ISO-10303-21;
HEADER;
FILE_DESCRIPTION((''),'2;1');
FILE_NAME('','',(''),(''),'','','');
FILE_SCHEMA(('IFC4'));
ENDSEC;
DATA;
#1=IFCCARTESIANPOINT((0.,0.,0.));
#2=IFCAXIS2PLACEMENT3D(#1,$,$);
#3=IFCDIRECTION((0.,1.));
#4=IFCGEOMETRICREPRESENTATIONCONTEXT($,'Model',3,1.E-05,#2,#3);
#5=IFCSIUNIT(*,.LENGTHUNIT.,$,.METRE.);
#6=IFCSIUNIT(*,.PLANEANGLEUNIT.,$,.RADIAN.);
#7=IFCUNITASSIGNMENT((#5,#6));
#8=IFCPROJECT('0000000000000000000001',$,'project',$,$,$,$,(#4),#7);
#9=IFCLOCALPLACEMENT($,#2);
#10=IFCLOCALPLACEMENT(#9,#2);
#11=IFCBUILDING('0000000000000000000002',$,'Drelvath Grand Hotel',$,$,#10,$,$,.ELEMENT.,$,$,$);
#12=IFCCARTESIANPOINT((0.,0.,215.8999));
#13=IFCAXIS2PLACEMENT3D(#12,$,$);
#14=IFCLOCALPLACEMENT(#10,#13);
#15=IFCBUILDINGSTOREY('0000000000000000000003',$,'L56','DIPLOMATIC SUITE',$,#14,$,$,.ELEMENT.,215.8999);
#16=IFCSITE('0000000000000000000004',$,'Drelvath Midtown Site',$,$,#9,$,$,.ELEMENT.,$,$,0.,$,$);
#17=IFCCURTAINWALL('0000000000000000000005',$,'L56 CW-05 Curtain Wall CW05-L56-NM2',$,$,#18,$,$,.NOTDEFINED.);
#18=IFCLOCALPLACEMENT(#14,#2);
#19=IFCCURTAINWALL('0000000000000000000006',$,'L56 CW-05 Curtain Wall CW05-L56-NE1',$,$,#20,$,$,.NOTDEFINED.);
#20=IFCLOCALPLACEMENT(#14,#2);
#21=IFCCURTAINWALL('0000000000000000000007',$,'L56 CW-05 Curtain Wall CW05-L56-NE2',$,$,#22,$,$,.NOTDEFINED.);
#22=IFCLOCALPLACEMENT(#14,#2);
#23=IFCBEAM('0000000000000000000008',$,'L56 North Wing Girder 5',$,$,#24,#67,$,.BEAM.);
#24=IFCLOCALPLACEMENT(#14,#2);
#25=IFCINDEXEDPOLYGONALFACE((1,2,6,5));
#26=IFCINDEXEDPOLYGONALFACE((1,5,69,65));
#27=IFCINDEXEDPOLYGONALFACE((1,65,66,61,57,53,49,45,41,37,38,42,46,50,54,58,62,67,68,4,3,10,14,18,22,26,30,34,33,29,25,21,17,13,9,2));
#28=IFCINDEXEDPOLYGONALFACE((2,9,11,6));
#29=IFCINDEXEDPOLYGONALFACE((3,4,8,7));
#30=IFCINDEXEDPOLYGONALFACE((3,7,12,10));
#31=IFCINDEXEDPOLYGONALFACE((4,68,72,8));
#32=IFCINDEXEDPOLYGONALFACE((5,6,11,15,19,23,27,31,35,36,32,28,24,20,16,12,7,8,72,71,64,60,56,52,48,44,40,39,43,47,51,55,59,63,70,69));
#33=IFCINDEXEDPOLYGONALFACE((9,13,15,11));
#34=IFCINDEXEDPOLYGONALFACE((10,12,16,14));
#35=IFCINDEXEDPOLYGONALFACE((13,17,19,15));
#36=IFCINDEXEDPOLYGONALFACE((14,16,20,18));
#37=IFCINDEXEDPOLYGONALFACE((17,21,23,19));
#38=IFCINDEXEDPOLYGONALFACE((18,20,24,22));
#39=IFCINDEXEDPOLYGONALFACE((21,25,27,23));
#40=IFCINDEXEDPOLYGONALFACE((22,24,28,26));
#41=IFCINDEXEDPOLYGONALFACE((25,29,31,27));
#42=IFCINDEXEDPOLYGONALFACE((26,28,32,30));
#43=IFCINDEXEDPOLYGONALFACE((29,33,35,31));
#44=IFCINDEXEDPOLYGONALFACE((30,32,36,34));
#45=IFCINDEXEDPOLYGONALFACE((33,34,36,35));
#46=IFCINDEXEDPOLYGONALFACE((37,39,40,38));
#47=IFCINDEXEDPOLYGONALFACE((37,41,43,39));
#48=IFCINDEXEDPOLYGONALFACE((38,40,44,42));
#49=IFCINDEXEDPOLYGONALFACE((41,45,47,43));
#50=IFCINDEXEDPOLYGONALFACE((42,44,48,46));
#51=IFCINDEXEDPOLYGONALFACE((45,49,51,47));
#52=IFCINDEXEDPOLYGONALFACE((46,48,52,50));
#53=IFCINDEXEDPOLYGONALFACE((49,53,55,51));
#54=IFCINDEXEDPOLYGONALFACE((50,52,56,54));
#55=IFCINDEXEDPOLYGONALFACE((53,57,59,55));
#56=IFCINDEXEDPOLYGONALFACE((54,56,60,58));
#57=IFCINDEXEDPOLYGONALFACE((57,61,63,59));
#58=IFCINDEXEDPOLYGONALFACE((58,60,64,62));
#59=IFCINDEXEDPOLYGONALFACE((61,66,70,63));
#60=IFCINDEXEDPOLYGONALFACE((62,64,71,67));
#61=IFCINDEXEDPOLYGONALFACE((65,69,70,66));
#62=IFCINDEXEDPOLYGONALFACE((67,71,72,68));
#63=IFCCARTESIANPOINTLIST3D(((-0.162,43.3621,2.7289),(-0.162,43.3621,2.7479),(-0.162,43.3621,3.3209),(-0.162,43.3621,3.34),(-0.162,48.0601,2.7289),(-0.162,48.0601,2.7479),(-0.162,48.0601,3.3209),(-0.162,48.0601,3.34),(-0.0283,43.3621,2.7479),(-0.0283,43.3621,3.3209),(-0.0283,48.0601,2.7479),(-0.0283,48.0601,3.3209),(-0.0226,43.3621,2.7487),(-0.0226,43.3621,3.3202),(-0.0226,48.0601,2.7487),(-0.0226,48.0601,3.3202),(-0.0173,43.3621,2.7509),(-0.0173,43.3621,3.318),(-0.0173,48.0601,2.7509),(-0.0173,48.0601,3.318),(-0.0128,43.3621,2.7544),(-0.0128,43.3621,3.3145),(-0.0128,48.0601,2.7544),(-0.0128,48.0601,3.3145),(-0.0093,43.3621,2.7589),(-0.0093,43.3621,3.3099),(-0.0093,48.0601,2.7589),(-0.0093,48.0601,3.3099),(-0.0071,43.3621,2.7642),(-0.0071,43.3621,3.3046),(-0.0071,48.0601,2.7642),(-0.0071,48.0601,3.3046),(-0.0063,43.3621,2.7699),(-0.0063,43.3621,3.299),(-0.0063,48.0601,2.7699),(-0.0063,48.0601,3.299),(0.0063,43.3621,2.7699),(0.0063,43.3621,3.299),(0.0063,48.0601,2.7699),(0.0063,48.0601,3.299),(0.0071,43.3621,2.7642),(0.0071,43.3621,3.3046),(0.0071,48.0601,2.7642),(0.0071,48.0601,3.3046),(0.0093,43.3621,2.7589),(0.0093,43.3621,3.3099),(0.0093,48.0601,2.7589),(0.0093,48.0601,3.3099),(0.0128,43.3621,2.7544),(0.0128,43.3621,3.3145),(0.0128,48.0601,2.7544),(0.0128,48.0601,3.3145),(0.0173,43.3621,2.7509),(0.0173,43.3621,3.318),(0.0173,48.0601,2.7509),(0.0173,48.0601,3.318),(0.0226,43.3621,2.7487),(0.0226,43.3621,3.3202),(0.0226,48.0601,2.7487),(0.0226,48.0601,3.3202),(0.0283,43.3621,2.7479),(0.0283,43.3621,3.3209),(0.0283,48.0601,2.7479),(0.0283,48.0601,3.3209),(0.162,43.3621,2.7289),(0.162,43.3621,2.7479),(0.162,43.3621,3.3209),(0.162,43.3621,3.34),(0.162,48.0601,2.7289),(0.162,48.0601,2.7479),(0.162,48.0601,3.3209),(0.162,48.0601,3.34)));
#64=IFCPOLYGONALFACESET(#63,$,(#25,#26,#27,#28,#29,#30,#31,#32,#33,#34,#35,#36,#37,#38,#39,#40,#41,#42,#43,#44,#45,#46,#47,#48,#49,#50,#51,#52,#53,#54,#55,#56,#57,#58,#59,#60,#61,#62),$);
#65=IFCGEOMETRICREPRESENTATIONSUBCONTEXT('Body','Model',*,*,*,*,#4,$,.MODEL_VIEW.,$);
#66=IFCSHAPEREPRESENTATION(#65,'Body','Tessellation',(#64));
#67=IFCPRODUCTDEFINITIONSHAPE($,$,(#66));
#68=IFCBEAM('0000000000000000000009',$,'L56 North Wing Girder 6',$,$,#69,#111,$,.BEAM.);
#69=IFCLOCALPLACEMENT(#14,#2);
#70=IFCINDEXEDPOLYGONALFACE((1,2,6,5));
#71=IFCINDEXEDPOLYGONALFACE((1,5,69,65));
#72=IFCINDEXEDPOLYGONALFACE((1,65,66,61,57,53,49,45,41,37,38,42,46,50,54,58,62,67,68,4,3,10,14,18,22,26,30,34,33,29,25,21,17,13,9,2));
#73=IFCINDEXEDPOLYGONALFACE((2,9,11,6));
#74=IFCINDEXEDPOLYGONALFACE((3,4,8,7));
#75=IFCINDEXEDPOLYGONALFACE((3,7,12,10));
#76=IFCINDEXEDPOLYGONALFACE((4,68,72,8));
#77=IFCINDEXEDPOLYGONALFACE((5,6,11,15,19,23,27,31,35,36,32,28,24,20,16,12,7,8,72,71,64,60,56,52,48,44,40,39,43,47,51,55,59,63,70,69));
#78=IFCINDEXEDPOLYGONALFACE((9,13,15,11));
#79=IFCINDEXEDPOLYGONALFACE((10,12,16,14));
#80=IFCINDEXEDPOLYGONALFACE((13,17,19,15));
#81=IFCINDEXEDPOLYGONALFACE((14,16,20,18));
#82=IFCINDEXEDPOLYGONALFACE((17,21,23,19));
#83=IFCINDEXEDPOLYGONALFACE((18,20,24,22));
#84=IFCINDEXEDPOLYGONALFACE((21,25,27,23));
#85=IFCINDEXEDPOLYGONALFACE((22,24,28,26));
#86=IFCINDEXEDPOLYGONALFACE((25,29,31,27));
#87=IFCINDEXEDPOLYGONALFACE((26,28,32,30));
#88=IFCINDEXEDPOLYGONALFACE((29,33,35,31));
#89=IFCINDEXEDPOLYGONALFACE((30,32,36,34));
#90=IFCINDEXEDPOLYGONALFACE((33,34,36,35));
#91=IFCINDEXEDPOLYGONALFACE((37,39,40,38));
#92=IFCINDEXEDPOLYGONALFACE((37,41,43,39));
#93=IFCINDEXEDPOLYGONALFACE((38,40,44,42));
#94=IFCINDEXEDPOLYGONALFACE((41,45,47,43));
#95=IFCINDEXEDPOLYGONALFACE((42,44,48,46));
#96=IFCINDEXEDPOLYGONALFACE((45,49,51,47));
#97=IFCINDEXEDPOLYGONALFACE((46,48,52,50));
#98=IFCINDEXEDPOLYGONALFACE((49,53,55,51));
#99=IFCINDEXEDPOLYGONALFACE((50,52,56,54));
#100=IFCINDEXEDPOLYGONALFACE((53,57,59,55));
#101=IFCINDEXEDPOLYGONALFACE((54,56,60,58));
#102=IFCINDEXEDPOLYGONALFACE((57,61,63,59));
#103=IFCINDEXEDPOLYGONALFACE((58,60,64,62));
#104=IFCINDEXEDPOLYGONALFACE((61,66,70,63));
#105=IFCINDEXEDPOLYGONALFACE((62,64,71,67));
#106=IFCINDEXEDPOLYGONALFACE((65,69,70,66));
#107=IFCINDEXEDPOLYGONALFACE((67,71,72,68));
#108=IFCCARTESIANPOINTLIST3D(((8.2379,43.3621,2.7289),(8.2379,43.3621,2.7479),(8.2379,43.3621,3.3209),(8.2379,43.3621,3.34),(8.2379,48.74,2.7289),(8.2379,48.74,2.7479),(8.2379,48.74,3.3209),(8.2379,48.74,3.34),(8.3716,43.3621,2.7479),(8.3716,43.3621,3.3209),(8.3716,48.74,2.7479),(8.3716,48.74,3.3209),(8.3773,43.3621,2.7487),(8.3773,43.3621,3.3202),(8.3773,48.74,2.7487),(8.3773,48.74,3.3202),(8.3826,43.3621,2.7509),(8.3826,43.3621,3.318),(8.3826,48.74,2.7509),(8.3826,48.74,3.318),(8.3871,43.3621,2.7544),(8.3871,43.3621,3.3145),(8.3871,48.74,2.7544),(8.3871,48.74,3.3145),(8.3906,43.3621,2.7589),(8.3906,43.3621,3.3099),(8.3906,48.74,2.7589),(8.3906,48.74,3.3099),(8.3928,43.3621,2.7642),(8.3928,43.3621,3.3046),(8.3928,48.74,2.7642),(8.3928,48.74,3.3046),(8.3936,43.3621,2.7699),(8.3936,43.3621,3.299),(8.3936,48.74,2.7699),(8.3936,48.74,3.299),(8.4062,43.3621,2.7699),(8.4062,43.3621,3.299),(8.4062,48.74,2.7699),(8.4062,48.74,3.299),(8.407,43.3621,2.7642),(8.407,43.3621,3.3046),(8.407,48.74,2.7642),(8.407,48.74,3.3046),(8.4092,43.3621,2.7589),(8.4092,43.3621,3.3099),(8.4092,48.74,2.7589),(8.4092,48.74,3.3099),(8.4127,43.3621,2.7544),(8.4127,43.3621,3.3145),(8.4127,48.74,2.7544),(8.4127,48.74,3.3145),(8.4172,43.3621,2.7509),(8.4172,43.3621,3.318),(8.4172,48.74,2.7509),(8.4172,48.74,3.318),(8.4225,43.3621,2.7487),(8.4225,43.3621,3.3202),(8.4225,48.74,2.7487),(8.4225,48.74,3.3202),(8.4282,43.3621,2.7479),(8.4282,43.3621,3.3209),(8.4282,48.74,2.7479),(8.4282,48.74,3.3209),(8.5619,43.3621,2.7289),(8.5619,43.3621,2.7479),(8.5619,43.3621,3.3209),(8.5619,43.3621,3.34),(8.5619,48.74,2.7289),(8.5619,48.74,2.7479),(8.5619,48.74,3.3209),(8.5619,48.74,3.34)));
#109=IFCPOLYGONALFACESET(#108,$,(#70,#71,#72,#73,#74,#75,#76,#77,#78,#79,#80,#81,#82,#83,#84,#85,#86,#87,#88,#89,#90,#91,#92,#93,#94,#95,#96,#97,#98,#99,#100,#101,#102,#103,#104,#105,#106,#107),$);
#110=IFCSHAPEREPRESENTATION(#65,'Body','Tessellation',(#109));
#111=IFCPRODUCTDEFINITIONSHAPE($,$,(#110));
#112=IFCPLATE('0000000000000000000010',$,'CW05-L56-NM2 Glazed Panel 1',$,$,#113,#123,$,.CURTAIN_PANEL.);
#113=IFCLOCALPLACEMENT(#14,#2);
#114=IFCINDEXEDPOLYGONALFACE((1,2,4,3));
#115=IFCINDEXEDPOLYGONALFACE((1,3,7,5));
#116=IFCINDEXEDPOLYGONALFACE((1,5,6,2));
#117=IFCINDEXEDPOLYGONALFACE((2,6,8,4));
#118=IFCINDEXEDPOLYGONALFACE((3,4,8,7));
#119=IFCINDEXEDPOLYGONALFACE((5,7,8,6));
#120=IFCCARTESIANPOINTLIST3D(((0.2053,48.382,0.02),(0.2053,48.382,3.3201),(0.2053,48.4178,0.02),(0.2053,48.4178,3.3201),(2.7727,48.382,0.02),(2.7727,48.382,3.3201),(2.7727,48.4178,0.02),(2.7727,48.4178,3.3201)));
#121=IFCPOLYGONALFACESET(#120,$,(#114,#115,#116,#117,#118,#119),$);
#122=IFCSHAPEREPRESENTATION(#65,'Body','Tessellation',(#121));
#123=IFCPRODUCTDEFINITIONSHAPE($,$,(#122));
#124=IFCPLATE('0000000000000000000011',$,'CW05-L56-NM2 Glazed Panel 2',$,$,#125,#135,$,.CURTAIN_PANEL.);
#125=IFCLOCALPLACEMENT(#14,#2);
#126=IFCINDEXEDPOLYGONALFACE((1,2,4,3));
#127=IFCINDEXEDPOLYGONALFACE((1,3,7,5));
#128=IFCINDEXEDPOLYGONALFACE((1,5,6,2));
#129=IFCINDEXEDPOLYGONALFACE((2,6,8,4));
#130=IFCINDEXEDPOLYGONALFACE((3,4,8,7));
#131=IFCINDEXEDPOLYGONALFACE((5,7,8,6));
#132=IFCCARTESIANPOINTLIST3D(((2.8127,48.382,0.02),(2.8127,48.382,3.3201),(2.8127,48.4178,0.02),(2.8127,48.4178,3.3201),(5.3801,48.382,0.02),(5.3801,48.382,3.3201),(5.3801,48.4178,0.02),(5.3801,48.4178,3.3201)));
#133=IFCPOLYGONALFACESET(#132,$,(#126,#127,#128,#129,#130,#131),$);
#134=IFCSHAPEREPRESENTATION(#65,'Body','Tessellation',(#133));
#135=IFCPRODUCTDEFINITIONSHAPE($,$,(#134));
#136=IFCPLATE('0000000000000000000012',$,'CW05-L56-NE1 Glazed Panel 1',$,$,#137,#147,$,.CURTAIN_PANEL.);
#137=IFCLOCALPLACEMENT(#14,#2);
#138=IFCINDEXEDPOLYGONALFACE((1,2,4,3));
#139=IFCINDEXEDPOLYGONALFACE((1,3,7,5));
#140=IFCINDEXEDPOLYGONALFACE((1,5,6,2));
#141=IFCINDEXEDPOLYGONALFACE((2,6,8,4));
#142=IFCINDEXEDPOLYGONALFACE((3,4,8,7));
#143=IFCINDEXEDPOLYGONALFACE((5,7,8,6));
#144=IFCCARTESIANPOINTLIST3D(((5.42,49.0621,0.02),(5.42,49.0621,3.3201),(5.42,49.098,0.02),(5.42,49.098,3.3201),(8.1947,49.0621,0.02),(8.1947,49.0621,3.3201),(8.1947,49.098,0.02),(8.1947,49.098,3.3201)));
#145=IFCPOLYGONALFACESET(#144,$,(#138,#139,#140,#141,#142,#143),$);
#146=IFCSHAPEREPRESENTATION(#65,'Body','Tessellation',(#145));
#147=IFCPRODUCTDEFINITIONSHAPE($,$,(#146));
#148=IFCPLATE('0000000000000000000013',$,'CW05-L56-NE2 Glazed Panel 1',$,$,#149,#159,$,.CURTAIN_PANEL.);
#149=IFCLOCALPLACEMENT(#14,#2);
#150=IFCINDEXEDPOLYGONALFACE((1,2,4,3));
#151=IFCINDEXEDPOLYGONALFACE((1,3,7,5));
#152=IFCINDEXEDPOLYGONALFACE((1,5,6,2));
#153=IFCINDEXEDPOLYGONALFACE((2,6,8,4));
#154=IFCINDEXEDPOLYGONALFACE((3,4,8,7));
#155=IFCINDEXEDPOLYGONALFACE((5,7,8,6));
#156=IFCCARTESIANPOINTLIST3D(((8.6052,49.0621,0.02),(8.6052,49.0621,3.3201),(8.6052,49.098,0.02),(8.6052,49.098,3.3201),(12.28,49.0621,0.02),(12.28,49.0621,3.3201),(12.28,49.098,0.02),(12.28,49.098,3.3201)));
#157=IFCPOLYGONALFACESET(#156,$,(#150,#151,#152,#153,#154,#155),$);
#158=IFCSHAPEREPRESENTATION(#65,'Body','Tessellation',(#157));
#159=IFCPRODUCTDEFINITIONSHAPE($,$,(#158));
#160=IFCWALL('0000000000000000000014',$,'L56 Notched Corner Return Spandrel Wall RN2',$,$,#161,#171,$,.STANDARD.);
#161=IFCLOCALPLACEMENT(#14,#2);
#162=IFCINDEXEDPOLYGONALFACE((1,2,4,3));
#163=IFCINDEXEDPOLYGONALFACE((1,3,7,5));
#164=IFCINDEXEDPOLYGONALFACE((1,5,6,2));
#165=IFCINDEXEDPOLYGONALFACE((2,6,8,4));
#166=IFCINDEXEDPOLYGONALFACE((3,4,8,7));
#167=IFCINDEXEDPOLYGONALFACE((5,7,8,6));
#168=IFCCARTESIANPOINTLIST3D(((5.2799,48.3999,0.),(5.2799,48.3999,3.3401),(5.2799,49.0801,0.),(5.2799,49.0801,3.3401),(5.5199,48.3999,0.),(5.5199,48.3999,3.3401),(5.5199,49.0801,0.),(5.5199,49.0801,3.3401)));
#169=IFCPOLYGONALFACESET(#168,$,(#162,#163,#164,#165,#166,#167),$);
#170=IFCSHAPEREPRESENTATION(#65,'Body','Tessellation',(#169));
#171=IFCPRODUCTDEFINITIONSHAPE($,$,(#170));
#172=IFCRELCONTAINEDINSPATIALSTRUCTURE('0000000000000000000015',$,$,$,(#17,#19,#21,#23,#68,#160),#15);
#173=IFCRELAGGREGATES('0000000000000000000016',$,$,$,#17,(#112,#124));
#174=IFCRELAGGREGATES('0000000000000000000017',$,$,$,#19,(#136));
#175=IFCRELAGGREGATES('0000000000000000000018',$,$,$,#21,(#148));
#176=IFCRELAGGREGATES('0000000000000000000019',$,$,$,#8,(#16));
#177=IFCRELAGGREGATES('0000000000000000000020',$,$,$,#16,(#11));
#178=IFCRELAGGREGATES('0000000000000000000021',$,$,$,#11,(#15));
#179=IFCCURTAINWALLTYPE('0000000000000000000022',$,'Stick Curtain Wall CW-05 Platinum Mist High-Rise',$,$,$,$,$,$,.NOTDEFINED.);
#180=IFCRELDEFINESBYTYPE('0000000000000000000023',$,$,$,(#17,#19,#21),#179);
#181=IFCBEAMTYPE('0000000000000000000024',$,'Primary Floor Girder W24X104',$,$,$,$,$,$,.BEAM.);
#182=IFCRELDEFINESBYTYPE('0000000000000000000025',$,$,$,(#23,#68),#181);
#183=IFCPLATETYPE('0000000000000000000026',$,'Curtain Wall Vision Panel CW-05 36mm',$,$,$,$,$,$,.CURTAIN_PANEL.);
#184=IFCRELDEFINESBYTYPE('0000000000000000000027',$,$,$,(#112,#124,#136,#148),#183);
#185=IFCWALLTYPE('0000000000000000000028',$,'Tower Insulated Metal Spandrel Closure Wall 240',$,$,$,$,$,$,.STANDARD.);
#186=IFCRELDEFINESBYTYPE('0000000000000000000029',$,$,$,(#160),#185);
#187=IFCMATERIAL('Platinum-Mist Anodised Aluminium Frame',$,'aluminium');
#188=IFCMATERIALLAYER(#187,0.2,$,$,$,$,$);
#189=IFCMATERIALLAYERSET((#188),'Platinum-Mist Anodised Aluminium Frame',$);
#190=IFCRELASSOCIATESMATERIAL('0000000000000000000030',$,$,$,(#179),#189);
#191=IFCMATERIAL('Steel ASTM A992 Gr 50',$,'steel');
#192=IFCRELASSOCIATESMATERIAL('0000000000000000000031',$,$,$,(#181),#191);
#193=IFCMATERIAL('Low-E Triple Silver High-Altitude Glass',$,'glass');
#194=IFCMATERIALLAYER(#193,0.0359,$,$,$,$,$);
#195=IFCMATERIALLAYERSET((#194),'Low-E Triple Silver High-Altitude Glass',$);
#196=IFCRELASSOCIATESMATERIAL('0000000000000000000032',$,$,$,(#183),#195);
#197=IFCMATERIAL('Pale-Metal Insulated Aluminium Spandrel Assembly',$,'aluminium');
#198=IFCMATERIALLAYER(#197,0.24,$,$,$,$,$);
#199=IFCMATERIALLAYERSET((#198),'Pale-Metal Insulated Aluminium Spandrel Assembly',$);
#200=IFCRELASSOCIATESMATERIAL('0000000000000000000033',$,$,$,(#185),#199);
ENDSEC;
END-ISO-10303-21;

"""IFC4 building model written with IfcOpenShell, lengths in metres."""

from ifc_helpers import new_model, si_unit, direction, frame, frame_2d, origin, origin_2d, place, context, subcontext, project, spatial, rectangle, i_section, extrude, material, layer, layer_set, material_profile, profile_set, type_object, element, aggregate, save


model = new_model("IFC4")

# Units and contexts
model_context = context("Model", 3, precision=1e-05, world=origin(), true_north=direction((0.0, 1.0)))
body_context = subcontext(model_context, "Body", "Model", "MODEL_VIEW")
ifc_project = project(units=[si_unit("LENGTHUNIT", "METRE"), si_unit("PLANEANGLEUNIT", "RADIAN")], contexts=[model_context])

# Site, building, storey
site_placement = place(None, origin())
site = spatial("IfcSite", under=ifc_project, at=site_placement, Name="Drelvath Midtown Site", CompositionType="ELEMENT", RefElevation=0.0)
building_placement = place(site_placement, origin())
building = spatial("IfcBuilding", under=site, at=building_placement, Name="Drelvath Grand Hotel", CompositionType="ELEMENT")
storey_placement = place(building_placement, frame((0.0, 0.0, 215.8999)))
storey = spatial("IfcBuildingStorey", under=building, at=storey_placement, Name="L56", Description="DIPLOMATIC SUITE", CompositionType="ELEMENT", Elevation=215.8999)

# Curtain walls
ifc_material_1 = material(Name="Platinum-Mist Anodised Aluminium Frame", Category="aluminium")
ifc_layer_1 = layer(ifc_material_1, 0.2)
ifc_layer_set_1 = layer_set([ifc_layer_1], Name="Platinum-Mist Anodised Aluminium Frame")
curtain_wall_type = type_object("IfcCurtainWallType", Name="Stick Curtain Wall CW-05 Platinum Mist High-Rise", PredefinedType="NOTDEFINED", material=ifc_layer_set_1)
curtain_wall_1_placement = place(storey_placement, origin())
curtain_wall_1 = element("IfcCurtainWall", 1, at=curtain_wall_1_placement, inside=storey, type_object=curtain_wall_type, Name="L56 CW-05 Curtain Wall CW05-L56-NM2", PredefinedType="NOTDEFINED")
curtain_wall_2_placement = place(storey_placement, origin())
curtain_wall_2 = element("IfcCurtainWall", 2, at=curtain_wall_2_placement, inside=storey, type_object=curtain_wall_type, Name="L56 CW-05 Curtain Wall CW05-L56-NE1", PredefinedType="NOTDEFINED")
curtain_wall_3_placement = place(storey_placement, origin())
curtain_wall_3 = element("IfcCurtainWall", 3, at=curtain_wall_3_placement, inside=storey, type_object=curtain_wall_type, Name="L56 CW-05 Curtain Wall CW05-L56-NE2", PredefinedType="NOTDEFINED")

# Beams
ifc_material_2 = material(Name="Steel ASTM A992 Gr 50", Category="steel")
ifc_material_profile_1 = material_profile(ifc_material_2, i_section(OverallWidth=0.324, OverallDepth=0.6111, WebThickness=0.0127, FlangeThickness=0.019, FilletRadius=0.022, at=origin_2d()), Name="W24X104")
ifc_profile_set_1 = profile_set([ifc_material_profile_1], Name="Steel ASTM A992 Gr 50")
beam_type_1 = type_object("IfcBeamType", Name="Primary Floor Girder W24X104", PredefinedType="BEAM", material=ifc_profile_set_1)
beam_1_placement = place(storey_placement, frame((0.0, 43.3621, 3.0344), z_axis=(0.0, 1.0, 0.0), x_axis=(-1.0, 0.0, 0.0)))
element("IfcBeam", 4, at=beam_1_placement, inside=storey, type_object=beam_type_1, Name="L56 North Wing Girder 5", PredefinedType="BEAM", context=body_context, shape_type="SweptSolid", body=[
    extrude(i_section(OverallWidth=0.324, OverallDepth=0.6111, WebThickness=0.0127, FlangeThickness=0.019, FilletRadius=0.022, at=origin_2d()), origin(), (0.0, 0.0, 1.0), 4.698),
])
beam_2_placement = place(storey_placement, frame((8.3999, 43.3621, 3.0344), z_axis=(0.0, 1.0, 0.0), x_axis=(-1.0, 0.0, 0.0)))
element("IfcBeam", 5, at=beam_2_placement, inside=storey, type_object=beam_type_1, Name="L56 North Wing Girder 6", PredefinedType="BEAM", context=body_context, shape_type="SweptSolid", body=[
    extrude(i_section(OverallWidth=0.324, OverallDepth=0.6111, WebThickness=0.0127, FlangeThickness=0.019, FilletRadius=0.022, at=origin_2d()), origin(), (0.0, 0.0, 1.0), 5.3779),
])

# Plates
ifc_material_3 = material(Name="Low-E Triple Silver High-Altitude Glass", Category="glass")
ifc_layer_2 = layer(ifc_material_3, 0.0359)
ifc_layer_set_2 = layer_set([ifc_layer_2], Name="Low-E Triple Silver High-Altitude Glass")
plate_type = type_object("IfcPlateType", Name="Curtain Wall Vision Panel CW-05 36mm", PredefinedType="CURTAIN_PANEL", material=ifc_layer_set_2)
plate_1_placement = place(storey_placement, frame((1.489, 48.3999, 0.02), z_axis=(0.0, 0.0, 1.0), x_axis=(1.0, 0.0, 0.0)))
plate_1 = element("IfcPlate", 6, at=plate_1_placement, type_object=plate_type, Name="CW05-L56-NM2 Glazed Panel 1", PredefinedType="CURTAIN_PANEL", context=body_context, shape_type="SweptSolid", body=[
    extrude(rectangle(XDim=2.5674, YDim=0.0359, at=origin_2d()), origin(), (0.0, 0.0, 1.0), 3.3),
])
plate_2_placement = place(storey_placement, frame((4.0964, 48.3999, 0.02), z_axis=(0.0, 0.0, 1.0), x_axis=(1.0, 0.0, 0.0)))
plate_2 = element("IfcPlate", 7, at=plate_2_placement, type_object=plate_type, Name="CW05-L56-NM2 Glazed Panel 2", PredefinedType="CURTAIN_PANEL", context=body_context, shape_type="SweptSolid", body=[
    extrude(rectangle(XDim=2.5674, YDim=0.0359, at=origin_2d()), origin(), (0.0, 0.0, 1.0), 3.3),
])
aggregate(curtain_wall_1, [plate_1, plate_2])
plate_3_placement = place(storey_placement, frame((6.8074, 49.0801, 0.02), z_axis=(0.0, 0.0, 1.0), x_axis=(1.0, 0.0, 0.0)))
plate_3 = element("IfcPlate", 8, at=plate_3_placement, type_object=plate_type, Name="CW05-L56-NE1 Glazed Panel 1", PredefinedType="CURTAIN_PANEL", context=body_context, shape_type="SweptSolid", body=[
    extrude(rectangle(XDim=2.7747, YDim=0.0359, at=origin_2d()), origin(), (0.0, 0.0, 1.0), 3.3),
])
aggregate(curtain_wall_2, [plate_3])
plate_4_placement = place(storey_placement, frame((10.4426, 49.0801, 0.02), z_axis=(0.0, 0.0, 1.0), x_axis=(1.0, 0.0, 0.0)))
plate_4 = element("IfcPlate", 9, at=plate_4_placement, type_object=plate_type, Name="CW05-L56-NE2 Glazed Panel 1", PredefinedType="CURTAIN_PANEL", context=body_context, shape_type="SweptSolid", body=[
    extrude(rectangle(XDim=3.6748, YDim=0.0359, at=origin_2d()), origin(), (0.0, 0.0, 1.0), 3.3),
])
aggregate(curtain_wall_3, [plate_4])

# Wall
ifc_material_4 = material(Name="Pale-Metal Insulated Aluminium Spandrel Assembly", Category="aluminium")
ifc_layer_3 = layer(ifc_material_4, 0.24)
ifc_layer_set_3 = layer_set([ifc_layer_3], Name="Pale-Metal Insulated Aluminium Spandrel Assembly")
wall_type = type_object("IfcWallType", Name="Tower Insulated Metal Spandrel Closure Wall 240", PredefinedType="STANDARD", material=ifc_layer_set_3)
wall_placement = place(storey_placement, frame((5.3999, 48.3999, 0.0), z_axis=(0.0, 0.0, 1.0), x_axis=(0.0, 1.0, 0.0)))
element("IfcWall", 10, at=wall_placement, inside=storey, type_object=wall_type, Name="L56 Notched Corner Return Spandrel Wall RN2", PredefinedType="STANDARD", context=body_context, shape_type="SweptSolid", body=[
    extrude(rectangle(XDim=0.6802, YDim=0.24, at=frame_2d((0.3401, 0.0))), origin(), (0.0, 0.0, 1.0), 3.3401),
])

save(model, "model.ifc")
